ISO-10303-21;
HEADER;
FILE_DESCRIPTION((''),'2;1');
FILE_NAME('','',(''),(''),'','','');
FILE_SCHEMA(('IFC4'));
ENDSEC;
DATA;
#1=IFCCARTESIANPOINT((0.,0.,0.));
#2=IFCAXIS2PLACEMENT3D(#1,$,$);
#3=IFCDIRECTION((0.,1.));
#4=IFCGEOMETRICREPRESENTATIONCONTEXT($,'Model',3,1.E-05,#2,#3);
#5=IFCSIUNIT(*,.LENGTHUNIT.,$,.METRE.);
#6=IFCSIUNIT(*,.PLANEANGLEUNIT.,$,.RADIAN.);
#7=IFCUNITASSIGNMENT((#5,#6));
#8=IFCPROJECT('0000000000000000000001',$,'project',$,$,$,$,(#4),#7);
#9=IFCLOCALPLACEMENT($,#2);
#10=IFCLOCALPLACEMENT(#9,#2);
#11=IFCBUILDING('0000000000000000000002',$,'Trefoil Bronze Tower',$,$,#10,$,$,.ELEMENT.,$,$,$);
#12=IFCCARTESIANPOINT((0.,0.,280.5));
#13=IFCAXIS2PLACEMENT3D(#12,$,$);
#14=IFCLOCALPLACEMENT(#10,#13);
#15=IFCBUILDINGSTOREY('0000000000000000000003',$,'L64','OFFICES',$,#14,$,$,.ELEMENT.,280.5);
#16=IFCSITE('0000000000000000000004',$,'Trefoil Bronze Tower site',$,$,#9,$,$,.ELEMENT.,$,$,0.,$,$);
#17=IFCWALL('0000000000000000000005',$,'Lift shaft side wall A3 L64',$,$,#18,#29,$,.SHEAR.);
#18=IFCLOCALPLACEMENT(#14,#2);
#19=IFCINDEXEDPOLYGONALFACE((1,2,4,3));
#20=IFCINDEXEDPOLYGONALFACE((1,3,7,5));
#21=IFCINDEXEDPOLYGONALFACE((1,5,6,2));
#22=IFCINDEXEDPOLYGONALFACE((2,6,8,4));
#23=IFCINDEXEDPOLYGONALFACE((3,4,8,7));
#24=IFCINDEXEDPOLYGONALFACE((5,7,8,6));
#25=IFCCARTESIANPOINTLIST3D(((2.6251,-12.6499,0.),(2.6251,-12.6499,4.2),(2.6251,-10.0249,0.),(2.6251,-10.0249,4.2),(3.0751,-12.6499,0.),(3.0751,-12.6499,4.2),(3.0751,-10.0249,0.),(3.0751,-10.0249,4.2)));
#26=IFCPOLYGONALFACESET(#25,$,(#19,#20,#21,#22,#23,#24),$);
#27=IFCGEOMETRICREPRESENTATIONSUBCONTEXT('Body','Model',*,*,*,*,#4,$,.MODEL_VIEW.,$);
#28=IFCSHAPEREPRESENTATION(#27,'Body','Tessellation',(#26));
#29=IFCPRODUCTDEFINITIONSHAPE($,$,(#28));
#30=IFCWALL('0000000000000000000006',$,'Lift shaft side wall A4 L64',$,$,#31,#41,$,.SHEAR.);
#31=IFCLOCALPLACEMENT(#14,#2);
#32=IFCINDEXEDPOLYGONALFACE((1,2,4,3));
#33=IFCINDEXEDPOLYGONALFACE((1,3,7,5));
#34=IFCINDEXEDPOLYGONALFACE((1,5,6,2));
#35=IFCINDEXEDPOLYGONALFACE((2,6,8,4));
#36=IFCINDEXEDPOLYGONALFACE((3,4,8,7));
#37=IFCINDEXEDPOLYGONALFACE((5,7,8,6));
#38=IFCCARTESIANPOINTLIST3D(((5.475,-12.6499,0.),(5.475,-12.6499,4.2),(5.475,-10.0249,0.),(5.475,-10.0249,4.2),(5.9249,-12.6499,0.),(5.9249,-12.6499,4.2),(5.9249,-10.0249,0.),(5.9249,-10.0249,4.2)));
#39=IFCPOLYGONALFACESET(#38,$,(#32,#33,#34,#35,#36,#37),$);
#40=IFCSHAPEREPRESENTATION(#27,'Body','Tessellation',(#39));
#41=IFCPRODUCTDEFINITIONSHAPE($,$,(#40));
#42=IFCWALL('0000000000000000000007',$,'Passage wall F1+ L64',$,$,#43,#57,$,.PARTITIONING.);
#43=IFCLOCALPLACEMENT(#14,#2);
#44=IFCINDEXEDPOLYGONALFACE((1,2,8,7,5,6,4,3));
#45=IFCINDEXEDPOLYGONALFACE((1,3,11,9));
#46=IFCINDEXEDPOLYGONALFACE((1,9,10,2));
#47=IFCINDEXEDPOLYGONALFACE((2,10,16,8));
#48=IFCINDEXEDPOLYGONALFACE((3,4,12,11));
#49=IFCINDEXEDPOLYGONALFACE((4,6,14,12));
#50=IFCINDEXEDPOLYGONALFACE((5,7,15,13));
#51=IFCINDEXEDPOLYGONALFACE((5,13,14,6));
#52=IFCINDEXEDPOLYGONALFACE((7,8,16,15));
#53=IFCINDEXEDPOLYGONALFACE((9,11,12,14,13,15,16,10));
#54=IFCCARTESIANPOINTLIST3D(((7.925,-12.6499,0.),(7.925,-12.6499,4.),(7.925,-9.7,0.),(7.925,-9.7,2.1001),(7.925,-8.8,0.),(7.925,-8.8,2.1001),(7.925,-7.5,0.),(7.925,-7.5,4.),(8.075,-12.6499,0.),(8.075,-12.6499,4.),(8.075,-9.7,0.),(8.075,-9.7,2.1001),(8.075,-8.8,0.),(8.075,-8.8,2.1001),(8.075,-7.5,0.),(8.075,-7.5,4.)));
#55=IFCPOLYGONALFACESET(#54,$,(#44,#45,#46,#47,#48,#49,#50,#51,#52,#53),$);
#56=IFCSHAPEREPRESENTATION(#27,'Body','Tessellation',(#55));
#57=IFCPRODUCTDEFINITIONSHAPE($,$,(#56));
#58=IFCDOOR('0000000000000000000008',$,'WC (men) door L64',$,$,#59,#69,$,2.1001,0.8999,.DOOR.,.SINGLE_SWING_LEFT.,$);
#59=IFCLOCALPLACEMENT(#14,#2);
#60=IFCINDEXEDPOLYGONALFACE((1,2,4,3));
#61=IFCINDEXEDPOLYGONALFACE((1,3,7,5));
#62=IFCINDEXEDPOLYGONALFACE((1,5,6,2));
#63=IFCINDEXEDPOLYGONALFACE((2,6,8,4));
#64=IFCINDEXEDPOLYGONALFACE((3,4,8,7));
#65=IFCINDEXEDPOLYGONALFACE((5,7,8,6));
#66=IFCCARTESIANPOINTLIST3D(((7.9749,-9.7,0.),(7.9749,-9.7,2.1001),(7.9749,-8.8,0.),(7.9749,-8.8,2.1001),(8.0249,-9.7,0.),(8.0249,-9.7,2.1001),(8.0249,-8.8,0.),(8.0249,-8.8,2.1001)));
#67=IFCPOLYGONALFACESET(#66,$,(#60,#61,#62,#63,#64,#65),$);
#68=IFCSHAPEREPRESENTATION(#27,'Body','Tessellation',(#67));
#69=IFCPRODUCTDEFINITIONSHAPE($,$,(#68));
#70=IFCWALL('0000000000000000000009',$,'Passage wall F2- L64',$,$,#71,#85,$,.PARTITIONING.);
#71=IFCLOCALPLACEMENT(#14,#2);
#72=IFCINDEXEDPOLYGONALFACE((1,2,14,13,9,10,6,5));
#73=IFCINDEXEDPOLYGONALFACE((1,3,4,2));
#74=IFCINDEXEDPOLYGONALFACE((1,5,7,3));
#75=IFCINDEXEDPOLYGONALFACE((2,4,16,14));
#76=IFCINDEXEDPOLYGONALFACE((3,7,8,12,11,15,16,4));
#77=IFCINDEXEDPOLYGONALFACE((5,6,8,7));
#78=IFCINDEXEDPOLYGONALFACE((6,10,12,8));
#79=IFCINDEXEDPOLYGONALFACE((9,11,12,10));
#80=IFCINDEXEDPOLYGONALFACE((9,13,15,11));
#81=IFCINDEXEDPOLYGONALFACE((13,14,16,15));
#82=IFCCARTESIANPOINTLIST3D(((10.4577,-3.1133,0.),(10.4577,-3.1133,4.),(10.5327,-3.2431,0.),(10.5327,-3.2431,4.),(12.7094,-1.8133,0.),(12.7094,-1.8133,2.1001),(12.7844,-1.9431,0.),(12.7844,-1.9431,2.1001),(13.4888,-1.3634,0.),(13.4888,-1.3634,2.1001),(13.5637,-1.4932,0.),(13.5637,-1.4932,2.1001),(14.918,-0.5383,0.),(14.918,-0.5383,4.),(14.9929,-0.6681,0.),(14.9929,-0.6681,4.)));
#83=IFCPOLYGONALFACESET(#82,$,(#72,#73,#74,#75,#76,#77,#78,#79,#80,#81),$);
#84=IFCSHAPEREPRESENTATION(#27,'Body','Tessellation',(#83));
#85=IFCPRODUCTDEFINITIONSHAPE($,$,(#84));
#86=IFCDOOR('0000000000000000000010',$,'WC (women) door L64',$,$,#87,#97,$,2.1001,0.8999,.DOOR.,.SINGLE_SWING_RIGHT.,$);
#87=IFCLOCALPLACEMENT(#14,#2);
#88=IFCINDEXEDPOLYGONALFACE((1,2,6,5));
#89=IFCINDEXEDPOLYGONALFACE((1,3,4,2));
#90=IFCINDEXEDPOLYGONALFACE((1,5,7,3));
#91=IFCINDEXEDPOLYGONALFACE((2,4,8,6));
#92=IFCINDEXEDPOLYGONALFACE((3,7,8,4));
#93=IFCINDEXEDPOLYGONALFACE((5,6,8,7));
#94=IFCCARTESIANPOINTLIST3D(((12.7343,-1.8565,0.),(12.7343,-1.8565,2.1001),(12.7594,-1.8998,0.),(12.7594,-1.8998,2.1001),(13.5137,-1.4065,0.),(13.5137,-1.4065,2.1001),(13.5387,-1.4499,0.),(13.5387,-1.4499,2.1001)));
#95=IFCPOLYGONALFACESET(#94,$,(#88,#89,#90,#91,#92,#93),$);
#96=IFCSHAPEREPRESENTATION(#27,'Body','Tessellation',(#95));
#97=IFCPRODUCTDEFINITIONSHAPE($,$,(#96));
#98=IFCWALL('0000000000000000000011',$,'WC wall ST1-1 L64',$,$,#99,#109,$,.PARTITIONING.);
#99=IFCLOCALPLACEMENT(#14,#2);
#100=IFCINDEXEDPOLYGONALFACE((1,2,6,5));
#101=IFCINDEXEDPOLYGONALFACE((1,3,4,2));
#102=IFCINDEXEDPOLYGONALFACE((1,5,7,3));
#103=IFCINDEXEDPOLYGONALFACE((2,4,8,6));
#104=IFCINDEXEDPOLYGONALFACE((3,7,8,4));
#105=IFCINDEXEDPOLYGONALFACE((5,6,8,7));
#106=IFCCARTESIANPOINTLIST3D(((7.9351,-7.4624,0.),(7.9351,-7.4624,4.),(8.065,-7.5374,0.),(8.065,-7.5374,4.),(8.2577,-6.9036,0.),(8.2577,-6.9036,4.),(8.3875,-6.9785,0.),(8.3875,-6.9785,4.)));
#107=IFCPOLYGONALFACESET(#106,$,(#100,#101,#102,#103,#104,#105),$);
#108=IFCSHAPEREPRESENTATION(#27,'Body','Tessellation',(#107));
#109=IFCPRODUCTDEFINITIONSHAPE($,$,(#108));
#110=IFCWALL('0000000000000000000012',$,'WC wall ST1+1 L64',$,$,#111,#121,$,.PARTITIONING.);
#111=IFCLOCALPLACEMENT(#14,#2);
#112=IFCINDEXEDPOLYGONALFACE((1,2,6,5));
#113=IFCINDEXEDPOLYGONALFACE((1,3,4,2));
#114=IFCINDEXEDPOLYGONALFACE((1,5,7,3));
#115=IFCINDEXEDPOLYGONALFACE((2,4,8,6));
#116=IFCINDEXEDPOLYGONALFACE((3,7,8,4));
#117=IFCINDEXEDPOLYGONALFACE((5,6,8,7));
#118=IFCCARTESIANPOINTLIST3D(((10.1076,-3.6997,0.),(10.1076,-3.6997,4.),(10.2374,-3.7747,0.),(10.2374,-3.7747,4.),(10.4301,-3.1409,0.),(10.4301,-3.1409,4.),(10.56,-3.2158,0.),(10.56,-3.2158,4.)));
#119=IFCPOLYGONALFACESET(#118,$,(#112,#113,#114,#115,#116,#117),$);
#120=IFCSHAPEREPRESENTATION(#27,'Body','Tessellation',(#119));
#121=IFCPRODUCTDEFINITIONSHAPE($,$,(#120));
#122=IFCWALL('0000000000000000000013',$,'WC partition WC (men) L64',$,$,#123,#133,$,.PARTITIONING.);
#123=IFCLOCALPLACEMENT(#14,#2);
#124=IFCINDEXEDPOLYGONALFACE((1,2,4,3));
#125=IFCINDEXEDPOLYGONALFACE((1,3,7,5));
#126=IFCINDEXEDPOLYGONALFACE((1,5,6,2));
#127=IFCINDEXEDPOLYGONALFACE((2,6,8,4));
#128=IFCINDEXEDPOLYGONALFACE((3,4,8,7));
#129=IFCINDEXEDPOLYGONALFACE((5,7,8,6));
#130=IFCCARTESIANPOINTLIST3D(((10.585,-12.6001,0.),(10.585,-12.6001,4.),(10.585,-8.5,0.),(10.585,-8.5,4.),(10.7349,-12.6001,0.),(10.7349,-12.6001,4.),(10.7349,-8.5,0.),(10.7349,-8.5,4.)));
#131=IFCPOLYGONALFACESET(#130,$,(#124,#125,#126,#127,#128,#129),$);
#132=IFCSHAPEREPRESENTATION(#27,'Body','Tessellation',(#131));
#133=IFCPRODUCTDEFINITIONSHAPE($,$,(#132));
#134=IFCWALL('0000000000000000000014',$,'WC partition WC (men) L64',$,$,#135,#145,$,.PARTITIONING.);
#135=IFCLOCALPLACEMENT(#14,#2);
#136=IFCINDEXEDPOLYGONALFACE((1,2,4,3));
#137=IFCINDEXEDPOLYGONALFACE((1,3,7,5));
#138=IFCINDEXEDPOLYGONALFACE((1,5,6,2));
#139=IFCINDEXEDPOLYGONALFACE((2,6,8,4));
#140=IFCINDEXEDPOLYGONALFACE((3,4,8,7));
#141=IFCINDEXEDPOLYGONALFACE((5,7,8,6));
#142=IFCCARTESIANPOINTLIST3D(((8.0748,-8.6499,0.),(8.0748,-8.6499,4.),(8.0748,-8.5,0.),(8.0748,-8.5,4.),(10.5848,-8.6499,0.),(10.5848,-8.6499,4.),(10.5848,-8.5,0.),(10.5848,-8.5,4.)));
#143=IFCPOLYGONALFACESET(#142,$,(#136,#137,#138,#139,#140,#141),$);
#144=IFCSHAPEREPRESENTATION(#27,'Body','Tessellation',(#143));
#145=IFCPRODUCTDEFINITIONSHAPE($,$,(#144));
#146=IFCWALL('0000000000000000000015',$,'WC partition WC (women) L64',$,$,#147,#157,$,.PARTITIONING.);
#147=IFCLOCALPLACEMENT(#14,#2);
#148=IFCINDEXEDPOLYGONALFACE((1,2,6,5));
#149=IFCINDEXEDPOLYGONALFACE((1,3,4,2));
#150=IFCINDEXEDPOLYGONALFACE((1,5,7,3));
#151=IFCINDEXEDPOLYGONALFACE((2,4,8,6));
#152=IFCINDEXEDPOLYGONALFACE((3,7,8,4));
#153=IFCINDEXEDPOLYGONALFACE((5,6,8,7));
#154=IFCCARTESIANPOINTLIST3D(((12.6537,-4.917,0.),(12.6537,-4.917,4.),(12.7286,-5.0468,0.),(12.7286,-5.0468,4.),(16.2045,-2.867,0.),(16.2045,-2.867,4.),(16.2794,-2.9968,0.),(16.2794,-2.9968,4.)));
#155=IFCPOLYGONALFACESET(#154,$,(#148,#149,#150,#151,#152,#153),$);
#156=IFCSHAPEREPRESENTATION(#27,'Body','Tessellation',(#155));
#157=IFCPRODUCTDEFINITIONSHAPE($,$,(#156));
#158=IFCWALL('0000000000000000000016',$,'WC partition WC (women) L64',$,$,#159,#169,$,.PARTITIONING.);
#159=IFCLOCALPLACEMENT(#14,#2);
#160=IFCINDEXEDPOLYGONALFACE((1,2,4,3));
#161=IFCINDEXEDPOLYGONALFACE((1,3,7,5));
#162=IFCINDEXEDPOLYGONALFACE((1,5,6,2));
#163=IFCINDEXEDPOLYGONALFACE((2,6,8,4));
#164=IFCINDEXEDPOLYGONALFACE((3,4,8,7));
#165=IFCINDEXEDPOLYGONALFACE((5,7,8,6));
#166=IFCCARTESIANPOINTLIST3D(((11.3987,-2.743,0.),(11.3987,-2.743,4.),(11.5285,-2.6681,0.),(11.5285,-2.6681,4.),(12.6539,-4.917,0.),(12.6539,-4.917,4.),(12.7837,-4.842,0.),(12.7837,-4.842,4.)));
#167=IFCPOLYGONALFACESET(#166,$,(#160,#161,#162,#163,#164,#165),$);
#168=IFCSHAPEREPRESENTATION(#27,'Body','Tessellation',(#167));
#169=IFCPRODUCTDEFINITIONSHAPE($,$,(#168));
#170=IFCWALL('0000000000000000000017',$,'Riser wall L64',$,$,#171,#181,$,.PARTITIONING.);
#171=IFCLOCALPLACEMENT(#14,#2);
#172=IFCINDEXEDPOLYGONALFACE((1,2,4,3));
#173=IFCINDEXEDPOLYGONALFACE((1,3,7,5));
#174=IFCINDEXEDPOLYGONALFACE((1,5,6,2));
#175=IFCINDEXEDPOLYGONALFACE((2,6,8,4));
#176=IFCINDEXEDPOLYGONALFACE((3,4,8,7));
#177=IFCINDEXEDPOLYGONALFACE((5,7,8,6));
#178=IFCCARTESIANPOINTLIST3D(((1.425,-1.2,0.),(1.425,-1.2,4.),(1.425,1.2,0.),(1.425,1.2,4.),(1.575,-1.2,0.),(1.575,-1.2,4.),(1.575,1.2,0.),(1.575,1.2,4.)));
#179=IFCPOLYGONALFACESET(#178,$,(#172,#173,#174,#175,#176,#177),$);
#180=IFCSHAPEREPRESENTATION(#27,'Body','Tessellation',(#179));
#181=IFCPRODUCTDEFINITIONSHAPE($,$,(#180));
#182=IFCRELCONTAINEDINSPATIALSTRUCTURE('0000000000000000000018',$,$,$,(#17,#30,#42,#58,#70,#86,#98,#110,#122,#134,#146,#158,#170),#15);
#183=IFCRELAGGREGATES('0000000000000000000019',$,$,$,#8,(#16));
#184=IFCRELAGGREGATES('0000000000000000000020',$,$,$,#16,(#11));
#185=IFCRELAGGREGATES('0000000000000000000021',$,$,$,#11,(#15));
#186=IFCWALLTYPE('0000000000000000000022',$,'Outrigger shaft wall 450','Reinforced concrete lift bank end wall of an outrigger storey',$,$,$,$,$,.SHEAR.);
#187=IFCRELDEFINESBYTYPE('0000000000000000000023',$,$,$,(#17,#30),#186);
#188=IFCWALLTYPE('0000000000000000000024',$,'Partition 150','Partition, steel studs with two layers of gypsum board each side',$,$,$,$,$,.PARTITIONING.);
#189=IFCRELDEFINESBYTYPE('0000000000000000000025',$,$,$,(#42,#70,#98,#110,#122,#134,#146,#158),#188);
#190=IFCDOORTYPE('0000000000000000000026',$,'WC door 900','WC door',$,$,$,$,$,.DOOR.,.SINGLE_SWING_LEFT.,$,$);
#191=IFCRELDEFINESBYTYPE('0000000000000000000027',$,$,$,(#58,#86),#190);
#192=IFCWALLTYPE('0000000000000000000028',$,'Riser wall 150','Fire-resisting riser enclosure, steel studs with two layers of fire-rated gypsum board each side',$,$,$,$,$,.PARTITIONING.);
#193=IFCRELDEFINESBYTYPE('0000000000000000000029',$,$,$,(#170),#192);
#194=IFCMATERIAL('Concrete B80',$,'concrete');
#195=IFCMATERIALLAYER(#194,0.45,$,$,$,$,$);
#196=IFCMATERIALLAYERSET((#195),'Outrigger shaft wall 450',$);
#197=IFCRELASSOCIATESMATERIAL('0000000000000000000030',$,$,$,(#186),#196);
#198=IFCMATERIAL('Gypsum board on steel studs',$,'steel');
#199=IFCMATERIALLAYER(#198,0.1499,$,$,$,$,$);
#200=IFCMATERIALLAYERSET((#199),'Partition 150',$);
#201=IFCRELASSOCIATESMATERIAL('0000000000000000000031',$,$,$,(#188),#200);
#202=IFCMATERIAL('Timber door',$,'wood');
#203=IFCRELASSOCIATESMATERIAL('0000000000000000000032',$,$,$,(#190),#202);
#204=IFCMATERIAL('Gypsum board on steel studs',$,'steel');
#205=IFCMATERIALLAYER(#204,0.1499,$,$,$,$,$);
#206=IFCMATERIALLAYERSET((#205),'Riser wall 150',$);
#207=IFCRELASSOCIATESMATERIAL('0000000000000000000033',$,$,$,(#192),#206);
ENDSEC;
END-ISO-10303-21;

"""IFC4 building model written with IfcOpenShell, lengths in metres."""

from ifc_helpers import new_model, si_unit, direction, frame, frame_2d, origin, place, context, subcontext, project, spatial, rectangle, extrude, material, layer, layer_set, type_object, element, fill, save


model = new_model("IFC4")

# Units and contexts
model_context = context("Model", 3, precision=1e-05, world=origin(), true_north=direction((0.0, 1.0)))
body_context = subcontext(model_context, "Body", "Model", "MODEL_VIEW")
ifc_project = project(units=[si_unit("LENGTHUNIT", "METRE"), si_unit("PLANEANGLEUNIT", "RADIAN")], contexts=[model_context])

# Site, building, storey
site_placement = place(None, origin())
site = spatial("IfcSite", under=ifc_project, at=site_placement, Name="Trefoil Bronze Tower site", CompositionType="ELEMENT", RefElevation=0.0)
building_placement = place(site_placement, origin())
building = spatial("IfcBuilding", under=site, at=building_placement, Name="Trefoil Bronze Tower", CompositionType="ELEMENT")
storey_placement = place(building_placement, frame((0.0, 0.0, 280.5)))
storey = spatial("IfcBuildingStorey", under=building, at=storey_placement, Name="L64", Description="OFFICES", CompositionType="ELEMENT", Elevation=280.5)

# Walls
ifc_material_1 = material(Name="Concrete B80", Category="concrete")
ifc_layer_1 = layer(ifc_material_1, 0.45)
ifc_layer_set_1 = layer_set([ifc_layer_1], Name="Outrigger shaft wall 450")
wall_type_1 = type_object("IfcWallType", Name="Outrigger shaft wall 450", Description="Reinforced concrete lift bank end wall of an outrigger storey", PredefinedType="SHEAR", material=ifc_layer_set_1)
for number, where, z_axis, x_axis, name in (
    (1, (2.8501, -10.0249, 0.0), (0.0, 0.0, 1.0), (0.0, -1.0, 0.0), "Lift shaft side wall A3 L64"),
    (2, (5.7, -10.0249, 0.0), (0.0, 0.0, 1.0), (0.0, -1.0, 0.0), "Lift shaft side wall A4 L64"),
):
    element("IfcWall", number, at=place(storey_placement, frame(where, z_axis=z_axis, x_axis=x_axis)), inside=storey, type_object=wall_type_1, Name=name, PredefinedType="SHEAR", context=body_context, shape_type="SweptSolid", body=[
        extrude(rectangle(XDim=2.625, YDim=0.45, at=frame_2d((1.3125, 0.0))), origin(), (0.0, 0.0, 1.0), 4.2),
    ])

# Walls, openings, doors
ifc_material_2 = material(Name="Gypsum board on steel studs", Category="steel")
ifc_layer_2 = layer(ifc_material_2, 0.1499)
ifc_layer_set_2 = layer_set([ifc_layer_2], Name="Partition 150")
wall_type_2 = type_object("IfcWallType", Name="Partition 150", Description="Partition, steel studs with two layers of gypsum board each side", PredefinedType="PARTITIONING", material=ifc_layer_set_2)
wall_1_placement = place(storey_placement, frame((8.0, -7.5, 0.0), z_axis=(0.0, 0.0, 1.0), x_axis=(0.0, -1.0, 0.0)))
wall_1 = element("IfcWall", 3, at=wall_1_placement, inside=storey, type_object=wall_type_2, Name="Passage wall F1+ L64", PredefinedType="PARTITIONING", context=body_context, shape_type="SweptSolid", body=[
    extrude(rectangle(XDim=5.1499, YDim=0.1499, at=frame_2d((2.575, 0.0))), origin(), (0.0, 0.0, 1.0), 4.0),
])
opening_1_placement = place(wall_1_placement, frame((1.3, 0.0, 0.0)))
opening_1 = element("IfcOpeningElement", 4, at=opening_1_placement, cuts=wall_1, PredefinedType="OPENING", context=body_context, shape_type="SweptSolid", body=[
    extrude(rectangle(XDim=0.8999, YDim=2.1001, at=frame_2d((0.45, 1.05))), frame((0.0, 0.085, 0.0), z_axis=(0.0, -1.0, 0.0), x_axis=(1.0, 0.0, 0.0)), (0.0, 0.0, 1.0), 0.1699),
])
ifc_material_3 = material(Name="Timber door", Category="wood")
door_type_1 = type_object("IfcDoorType", Name="WC door 900", Description="WC door", OperationType="SINGLE_SWING_LEFT", PredefinedType="DOOR", material=ifc_material_3)
door_1_placement = place(opening_1_placement, origin())
door_1 = element("IfcDoor", 5, at=door_1_placement, inside=storey, type_object=door_type_1, Name="WC (men) door L64", OperationType="SINGLE_SWING_LEFT", OverallHeight=2.1001, OverallWidth=0.8999, PredefinedType="DOOR", context=body_context, shape_type="SweptSolid", body=[
    extrude(rectangle(XDim=0.8999, YDim=2.1001, at=frame_2d((0.45, 1.05))), frame((0.0, 0.0249, 0.0), z_axis=(0.0, -1.0, 0.0), x_axis=(1.0, 0.0, 0.0)), (0.0, 0.0, 1.0), 0.05),
])
fill(opening_1, door_1)
wall_2_placement = place(storey_placement, frame((10.4951, -3.1782, 0.0), z_axis=(0.0, 0.0, 1.0), x_axis=(0.866038, 0.499978, 0.0)))
wall_2 = element("IfcWall", 6, at=wall_2_placement, inside=storey, type_object=wall_type_2, Name="Passage wall F2- L64", PredefinedType="PARTITIONING", context=body_context, shape_type="SweptSolid", body=[
    extrude(rectangle(XDim=5.1501, YDim=0.1499, at=frame_2d((2.5752, 0.0))), origin(), (0.0, 0.0, 1.0), 4.0),
])
opening_2_placement = place(wall_2_placement, frame((2.6001, 0.0, 0.0)))
opening_2 = element("IfcOpeningElement", 7, at=opening_2_placement, cuts=wall_2, PredefinedType="OPENING", context=body_context, shape_type="SweptSolid", body=[
    extrude(rectangle(XDim=0.8999, YDim=2.1001, at=frame_2d((0.45, 1.05))), frame((0.0, 0.085, 0.0), z_axis=(0.0, -1.0, 0.0), x_axis=(1.0, 0.0, 0.0)), (0.0, 0.0, 1.0), 0.1699),
])
door_2_placement = place(opening_2_placement, frame((0.8999, 0.0, 0.0), z_axis=(0.0, 0.0, 1.0), x_axis=(-1.0, 0.0, 0.0)))
door_2 = element("IfcDoor", 8, at=door_2_placement, inside=storey, type_object=door_type_1, Name="WC (women) door L64", OperationType="SINGLE_SWING_RIGHT", OverallHeight=2.1001, OverallWidth=0.8999, PredefinedType="DOOR", context=body_context, shape_type="SweptSolid", body=[
    extrude(rectangle(XDim=0.8999, YDim=2.1001, at=frame_2d((0.45, 1.05))), frame((0.0, 0.0249, 0.0), z_axis=(0.0, -1.0, 0.0), x_axis=(1.0, 0.0, 0.0)), (0.0, 0.0, 1.0), 0.05),
])
fill(opening_2, door_2)

# Walls
for number, where, z_axis, x_axis, name in (
    (9, (8.0, -7.5, 0.0), (0.0, 0.0, 1.0), (0.499843, 0.866116, 0.0), "WC wall ST1-1 L64"),
    (10, (10.4951, -3.1782, 0.0), (0.0, 0.0, 1.0), (-0.499843, -0.866116, 0.0), "WC wall ST1+1 L64"),
):
    element("IfcWall", number, at=place(storey_placement, frame(where, z_axis=z_axis, x_axis=x_axis)), inside=storey, type_object=wall_type_2, Name=name, PredefinedType="PARTITIONING", context=body_context, shape_type="SweptSolid", body=[
        extrude(rectangle(XDim=0.6453, YDim=0.1499, at=frame_2d((0.3228, 0.0))), origin(), (0.0, 0.0, 1.0), 4.0),
    ])
wall_3_placement = place(storey_placement, frame((10.6599, -8.5, 0.0), z_axis=(0.0, 0.0, 1.0), x_axis=(0.0, -1.0, 0.0)))
element("IfcWall", 11, at=wall_3_placement, inside=storey, type_object=wall_type_2, Name="WC partition WC (men) L64", PredefinedType="PARTITIONING", context=body_context, shape_type="SweptSolid", body=[
    extrude(rectangle(XDim=4.1001, YDim=0.1499, at=frame_2d((2.05, 0.0))), origin(), (0.0, 0.0, 1.0), 4.0),
])
wall_4_placement = place(storey_placement, frame((8.075, -8.575, 0.0), z_axis=(0.0, 0.0, 1.0), x_axis=(1.0, 0.0, 0.0)))
element("IfcWall", 12, at=wall_4_placement, inside=storey, type_object=wall_type_2, Name="WC partition WC (men) L64", PredefinedType="PARTITIONING", context=body_context, shape_type="SweptSolid", body=[
    extrude(rectangle(XDim=2.51, YDim=0.1499, at=frame_2d((1.2549, 0.0))), origin(), (0.0, 0.0, 1.0), 4.0),
])
wall_5_placement = place(storey_placement, frame((12.6912, -4.9819, 0.0), z_axis=(0.0, 0.0, 1.0), x_axis=(0.866025, 0.500001, 0.0)))
element("IfcWall", 13, at=wall_5_placement, inside=storey, type_object=wall_type_2, Name="WC partition WC (women) L64", PredefinedType="PARTITIONING", context=body_context, shape_type="SweptSolid", body=[
    extrude(rectangle(XDim=4.1001, YDim=0.1499, at=frame_2d((2.05, 0.0))), origin(), (0.0, 0.0, 1.0), 4.0),
])
wall_6_placement = place(storey_placement, frame((11.4636, -2.7056, 0.0), z_axis=(0.0, 0.0, 1.0), x_axis=(0.50002, -0.866014, 0.0)))
element("IfcWall", 14, at=wall_6_placement, inside=storey, type_object=wall_type_2, Name="WC partition WC (women) L64", PredefinedType="PARTITIONING", context=body_context, shape_type="SweptSolid", body=[
    extrude(rectangle(XDim=2.5103, YDim=0.1499, at=frame_2d((1.2551, 0.0))), origin(), (0.0, 0.0, 1.0), 4.0),
])
ifc_material_4 = material(Name="Gypsum board on steel studs", Category="steel")
ifc_layer_3 = layer(ifc_material_4, 0.1499)
ifc_layer_set_3 = layer_set([ifc_layer_3], Name="Riser wall 150")
wall_type_3 = type_object("IfcWallType", Name="Riser wall 150", Description="Fire-resisting riser enclosure, steel studs with two layers of fire-rated gypsum board each side", PredefinedType="PARTITIONING", material=ifc_layer_set_3)
wall_7_placement = place(storey_placement, frame((1.5, -1.2, 0.0), z_axis=(0.0, 0.0, 1.0), x_axis=(0.0, 1.0, 0.0)))
element("IfcWall", 15, at=wall_7_placement, inside=storey, type_object=wall_type_3, Name="Riser wall L64", PredefinedType="PARTITIONING", context=body_context, shape_type="SweptSolid", body=[
    extrude(rectangle(XDim=2.3999, YDim=0.1499, at=frame_2d((1.2, 0.0))), origin(), (0.0, 0.0, 1.0), 4.0),
])

save(model, "model.ifc")
